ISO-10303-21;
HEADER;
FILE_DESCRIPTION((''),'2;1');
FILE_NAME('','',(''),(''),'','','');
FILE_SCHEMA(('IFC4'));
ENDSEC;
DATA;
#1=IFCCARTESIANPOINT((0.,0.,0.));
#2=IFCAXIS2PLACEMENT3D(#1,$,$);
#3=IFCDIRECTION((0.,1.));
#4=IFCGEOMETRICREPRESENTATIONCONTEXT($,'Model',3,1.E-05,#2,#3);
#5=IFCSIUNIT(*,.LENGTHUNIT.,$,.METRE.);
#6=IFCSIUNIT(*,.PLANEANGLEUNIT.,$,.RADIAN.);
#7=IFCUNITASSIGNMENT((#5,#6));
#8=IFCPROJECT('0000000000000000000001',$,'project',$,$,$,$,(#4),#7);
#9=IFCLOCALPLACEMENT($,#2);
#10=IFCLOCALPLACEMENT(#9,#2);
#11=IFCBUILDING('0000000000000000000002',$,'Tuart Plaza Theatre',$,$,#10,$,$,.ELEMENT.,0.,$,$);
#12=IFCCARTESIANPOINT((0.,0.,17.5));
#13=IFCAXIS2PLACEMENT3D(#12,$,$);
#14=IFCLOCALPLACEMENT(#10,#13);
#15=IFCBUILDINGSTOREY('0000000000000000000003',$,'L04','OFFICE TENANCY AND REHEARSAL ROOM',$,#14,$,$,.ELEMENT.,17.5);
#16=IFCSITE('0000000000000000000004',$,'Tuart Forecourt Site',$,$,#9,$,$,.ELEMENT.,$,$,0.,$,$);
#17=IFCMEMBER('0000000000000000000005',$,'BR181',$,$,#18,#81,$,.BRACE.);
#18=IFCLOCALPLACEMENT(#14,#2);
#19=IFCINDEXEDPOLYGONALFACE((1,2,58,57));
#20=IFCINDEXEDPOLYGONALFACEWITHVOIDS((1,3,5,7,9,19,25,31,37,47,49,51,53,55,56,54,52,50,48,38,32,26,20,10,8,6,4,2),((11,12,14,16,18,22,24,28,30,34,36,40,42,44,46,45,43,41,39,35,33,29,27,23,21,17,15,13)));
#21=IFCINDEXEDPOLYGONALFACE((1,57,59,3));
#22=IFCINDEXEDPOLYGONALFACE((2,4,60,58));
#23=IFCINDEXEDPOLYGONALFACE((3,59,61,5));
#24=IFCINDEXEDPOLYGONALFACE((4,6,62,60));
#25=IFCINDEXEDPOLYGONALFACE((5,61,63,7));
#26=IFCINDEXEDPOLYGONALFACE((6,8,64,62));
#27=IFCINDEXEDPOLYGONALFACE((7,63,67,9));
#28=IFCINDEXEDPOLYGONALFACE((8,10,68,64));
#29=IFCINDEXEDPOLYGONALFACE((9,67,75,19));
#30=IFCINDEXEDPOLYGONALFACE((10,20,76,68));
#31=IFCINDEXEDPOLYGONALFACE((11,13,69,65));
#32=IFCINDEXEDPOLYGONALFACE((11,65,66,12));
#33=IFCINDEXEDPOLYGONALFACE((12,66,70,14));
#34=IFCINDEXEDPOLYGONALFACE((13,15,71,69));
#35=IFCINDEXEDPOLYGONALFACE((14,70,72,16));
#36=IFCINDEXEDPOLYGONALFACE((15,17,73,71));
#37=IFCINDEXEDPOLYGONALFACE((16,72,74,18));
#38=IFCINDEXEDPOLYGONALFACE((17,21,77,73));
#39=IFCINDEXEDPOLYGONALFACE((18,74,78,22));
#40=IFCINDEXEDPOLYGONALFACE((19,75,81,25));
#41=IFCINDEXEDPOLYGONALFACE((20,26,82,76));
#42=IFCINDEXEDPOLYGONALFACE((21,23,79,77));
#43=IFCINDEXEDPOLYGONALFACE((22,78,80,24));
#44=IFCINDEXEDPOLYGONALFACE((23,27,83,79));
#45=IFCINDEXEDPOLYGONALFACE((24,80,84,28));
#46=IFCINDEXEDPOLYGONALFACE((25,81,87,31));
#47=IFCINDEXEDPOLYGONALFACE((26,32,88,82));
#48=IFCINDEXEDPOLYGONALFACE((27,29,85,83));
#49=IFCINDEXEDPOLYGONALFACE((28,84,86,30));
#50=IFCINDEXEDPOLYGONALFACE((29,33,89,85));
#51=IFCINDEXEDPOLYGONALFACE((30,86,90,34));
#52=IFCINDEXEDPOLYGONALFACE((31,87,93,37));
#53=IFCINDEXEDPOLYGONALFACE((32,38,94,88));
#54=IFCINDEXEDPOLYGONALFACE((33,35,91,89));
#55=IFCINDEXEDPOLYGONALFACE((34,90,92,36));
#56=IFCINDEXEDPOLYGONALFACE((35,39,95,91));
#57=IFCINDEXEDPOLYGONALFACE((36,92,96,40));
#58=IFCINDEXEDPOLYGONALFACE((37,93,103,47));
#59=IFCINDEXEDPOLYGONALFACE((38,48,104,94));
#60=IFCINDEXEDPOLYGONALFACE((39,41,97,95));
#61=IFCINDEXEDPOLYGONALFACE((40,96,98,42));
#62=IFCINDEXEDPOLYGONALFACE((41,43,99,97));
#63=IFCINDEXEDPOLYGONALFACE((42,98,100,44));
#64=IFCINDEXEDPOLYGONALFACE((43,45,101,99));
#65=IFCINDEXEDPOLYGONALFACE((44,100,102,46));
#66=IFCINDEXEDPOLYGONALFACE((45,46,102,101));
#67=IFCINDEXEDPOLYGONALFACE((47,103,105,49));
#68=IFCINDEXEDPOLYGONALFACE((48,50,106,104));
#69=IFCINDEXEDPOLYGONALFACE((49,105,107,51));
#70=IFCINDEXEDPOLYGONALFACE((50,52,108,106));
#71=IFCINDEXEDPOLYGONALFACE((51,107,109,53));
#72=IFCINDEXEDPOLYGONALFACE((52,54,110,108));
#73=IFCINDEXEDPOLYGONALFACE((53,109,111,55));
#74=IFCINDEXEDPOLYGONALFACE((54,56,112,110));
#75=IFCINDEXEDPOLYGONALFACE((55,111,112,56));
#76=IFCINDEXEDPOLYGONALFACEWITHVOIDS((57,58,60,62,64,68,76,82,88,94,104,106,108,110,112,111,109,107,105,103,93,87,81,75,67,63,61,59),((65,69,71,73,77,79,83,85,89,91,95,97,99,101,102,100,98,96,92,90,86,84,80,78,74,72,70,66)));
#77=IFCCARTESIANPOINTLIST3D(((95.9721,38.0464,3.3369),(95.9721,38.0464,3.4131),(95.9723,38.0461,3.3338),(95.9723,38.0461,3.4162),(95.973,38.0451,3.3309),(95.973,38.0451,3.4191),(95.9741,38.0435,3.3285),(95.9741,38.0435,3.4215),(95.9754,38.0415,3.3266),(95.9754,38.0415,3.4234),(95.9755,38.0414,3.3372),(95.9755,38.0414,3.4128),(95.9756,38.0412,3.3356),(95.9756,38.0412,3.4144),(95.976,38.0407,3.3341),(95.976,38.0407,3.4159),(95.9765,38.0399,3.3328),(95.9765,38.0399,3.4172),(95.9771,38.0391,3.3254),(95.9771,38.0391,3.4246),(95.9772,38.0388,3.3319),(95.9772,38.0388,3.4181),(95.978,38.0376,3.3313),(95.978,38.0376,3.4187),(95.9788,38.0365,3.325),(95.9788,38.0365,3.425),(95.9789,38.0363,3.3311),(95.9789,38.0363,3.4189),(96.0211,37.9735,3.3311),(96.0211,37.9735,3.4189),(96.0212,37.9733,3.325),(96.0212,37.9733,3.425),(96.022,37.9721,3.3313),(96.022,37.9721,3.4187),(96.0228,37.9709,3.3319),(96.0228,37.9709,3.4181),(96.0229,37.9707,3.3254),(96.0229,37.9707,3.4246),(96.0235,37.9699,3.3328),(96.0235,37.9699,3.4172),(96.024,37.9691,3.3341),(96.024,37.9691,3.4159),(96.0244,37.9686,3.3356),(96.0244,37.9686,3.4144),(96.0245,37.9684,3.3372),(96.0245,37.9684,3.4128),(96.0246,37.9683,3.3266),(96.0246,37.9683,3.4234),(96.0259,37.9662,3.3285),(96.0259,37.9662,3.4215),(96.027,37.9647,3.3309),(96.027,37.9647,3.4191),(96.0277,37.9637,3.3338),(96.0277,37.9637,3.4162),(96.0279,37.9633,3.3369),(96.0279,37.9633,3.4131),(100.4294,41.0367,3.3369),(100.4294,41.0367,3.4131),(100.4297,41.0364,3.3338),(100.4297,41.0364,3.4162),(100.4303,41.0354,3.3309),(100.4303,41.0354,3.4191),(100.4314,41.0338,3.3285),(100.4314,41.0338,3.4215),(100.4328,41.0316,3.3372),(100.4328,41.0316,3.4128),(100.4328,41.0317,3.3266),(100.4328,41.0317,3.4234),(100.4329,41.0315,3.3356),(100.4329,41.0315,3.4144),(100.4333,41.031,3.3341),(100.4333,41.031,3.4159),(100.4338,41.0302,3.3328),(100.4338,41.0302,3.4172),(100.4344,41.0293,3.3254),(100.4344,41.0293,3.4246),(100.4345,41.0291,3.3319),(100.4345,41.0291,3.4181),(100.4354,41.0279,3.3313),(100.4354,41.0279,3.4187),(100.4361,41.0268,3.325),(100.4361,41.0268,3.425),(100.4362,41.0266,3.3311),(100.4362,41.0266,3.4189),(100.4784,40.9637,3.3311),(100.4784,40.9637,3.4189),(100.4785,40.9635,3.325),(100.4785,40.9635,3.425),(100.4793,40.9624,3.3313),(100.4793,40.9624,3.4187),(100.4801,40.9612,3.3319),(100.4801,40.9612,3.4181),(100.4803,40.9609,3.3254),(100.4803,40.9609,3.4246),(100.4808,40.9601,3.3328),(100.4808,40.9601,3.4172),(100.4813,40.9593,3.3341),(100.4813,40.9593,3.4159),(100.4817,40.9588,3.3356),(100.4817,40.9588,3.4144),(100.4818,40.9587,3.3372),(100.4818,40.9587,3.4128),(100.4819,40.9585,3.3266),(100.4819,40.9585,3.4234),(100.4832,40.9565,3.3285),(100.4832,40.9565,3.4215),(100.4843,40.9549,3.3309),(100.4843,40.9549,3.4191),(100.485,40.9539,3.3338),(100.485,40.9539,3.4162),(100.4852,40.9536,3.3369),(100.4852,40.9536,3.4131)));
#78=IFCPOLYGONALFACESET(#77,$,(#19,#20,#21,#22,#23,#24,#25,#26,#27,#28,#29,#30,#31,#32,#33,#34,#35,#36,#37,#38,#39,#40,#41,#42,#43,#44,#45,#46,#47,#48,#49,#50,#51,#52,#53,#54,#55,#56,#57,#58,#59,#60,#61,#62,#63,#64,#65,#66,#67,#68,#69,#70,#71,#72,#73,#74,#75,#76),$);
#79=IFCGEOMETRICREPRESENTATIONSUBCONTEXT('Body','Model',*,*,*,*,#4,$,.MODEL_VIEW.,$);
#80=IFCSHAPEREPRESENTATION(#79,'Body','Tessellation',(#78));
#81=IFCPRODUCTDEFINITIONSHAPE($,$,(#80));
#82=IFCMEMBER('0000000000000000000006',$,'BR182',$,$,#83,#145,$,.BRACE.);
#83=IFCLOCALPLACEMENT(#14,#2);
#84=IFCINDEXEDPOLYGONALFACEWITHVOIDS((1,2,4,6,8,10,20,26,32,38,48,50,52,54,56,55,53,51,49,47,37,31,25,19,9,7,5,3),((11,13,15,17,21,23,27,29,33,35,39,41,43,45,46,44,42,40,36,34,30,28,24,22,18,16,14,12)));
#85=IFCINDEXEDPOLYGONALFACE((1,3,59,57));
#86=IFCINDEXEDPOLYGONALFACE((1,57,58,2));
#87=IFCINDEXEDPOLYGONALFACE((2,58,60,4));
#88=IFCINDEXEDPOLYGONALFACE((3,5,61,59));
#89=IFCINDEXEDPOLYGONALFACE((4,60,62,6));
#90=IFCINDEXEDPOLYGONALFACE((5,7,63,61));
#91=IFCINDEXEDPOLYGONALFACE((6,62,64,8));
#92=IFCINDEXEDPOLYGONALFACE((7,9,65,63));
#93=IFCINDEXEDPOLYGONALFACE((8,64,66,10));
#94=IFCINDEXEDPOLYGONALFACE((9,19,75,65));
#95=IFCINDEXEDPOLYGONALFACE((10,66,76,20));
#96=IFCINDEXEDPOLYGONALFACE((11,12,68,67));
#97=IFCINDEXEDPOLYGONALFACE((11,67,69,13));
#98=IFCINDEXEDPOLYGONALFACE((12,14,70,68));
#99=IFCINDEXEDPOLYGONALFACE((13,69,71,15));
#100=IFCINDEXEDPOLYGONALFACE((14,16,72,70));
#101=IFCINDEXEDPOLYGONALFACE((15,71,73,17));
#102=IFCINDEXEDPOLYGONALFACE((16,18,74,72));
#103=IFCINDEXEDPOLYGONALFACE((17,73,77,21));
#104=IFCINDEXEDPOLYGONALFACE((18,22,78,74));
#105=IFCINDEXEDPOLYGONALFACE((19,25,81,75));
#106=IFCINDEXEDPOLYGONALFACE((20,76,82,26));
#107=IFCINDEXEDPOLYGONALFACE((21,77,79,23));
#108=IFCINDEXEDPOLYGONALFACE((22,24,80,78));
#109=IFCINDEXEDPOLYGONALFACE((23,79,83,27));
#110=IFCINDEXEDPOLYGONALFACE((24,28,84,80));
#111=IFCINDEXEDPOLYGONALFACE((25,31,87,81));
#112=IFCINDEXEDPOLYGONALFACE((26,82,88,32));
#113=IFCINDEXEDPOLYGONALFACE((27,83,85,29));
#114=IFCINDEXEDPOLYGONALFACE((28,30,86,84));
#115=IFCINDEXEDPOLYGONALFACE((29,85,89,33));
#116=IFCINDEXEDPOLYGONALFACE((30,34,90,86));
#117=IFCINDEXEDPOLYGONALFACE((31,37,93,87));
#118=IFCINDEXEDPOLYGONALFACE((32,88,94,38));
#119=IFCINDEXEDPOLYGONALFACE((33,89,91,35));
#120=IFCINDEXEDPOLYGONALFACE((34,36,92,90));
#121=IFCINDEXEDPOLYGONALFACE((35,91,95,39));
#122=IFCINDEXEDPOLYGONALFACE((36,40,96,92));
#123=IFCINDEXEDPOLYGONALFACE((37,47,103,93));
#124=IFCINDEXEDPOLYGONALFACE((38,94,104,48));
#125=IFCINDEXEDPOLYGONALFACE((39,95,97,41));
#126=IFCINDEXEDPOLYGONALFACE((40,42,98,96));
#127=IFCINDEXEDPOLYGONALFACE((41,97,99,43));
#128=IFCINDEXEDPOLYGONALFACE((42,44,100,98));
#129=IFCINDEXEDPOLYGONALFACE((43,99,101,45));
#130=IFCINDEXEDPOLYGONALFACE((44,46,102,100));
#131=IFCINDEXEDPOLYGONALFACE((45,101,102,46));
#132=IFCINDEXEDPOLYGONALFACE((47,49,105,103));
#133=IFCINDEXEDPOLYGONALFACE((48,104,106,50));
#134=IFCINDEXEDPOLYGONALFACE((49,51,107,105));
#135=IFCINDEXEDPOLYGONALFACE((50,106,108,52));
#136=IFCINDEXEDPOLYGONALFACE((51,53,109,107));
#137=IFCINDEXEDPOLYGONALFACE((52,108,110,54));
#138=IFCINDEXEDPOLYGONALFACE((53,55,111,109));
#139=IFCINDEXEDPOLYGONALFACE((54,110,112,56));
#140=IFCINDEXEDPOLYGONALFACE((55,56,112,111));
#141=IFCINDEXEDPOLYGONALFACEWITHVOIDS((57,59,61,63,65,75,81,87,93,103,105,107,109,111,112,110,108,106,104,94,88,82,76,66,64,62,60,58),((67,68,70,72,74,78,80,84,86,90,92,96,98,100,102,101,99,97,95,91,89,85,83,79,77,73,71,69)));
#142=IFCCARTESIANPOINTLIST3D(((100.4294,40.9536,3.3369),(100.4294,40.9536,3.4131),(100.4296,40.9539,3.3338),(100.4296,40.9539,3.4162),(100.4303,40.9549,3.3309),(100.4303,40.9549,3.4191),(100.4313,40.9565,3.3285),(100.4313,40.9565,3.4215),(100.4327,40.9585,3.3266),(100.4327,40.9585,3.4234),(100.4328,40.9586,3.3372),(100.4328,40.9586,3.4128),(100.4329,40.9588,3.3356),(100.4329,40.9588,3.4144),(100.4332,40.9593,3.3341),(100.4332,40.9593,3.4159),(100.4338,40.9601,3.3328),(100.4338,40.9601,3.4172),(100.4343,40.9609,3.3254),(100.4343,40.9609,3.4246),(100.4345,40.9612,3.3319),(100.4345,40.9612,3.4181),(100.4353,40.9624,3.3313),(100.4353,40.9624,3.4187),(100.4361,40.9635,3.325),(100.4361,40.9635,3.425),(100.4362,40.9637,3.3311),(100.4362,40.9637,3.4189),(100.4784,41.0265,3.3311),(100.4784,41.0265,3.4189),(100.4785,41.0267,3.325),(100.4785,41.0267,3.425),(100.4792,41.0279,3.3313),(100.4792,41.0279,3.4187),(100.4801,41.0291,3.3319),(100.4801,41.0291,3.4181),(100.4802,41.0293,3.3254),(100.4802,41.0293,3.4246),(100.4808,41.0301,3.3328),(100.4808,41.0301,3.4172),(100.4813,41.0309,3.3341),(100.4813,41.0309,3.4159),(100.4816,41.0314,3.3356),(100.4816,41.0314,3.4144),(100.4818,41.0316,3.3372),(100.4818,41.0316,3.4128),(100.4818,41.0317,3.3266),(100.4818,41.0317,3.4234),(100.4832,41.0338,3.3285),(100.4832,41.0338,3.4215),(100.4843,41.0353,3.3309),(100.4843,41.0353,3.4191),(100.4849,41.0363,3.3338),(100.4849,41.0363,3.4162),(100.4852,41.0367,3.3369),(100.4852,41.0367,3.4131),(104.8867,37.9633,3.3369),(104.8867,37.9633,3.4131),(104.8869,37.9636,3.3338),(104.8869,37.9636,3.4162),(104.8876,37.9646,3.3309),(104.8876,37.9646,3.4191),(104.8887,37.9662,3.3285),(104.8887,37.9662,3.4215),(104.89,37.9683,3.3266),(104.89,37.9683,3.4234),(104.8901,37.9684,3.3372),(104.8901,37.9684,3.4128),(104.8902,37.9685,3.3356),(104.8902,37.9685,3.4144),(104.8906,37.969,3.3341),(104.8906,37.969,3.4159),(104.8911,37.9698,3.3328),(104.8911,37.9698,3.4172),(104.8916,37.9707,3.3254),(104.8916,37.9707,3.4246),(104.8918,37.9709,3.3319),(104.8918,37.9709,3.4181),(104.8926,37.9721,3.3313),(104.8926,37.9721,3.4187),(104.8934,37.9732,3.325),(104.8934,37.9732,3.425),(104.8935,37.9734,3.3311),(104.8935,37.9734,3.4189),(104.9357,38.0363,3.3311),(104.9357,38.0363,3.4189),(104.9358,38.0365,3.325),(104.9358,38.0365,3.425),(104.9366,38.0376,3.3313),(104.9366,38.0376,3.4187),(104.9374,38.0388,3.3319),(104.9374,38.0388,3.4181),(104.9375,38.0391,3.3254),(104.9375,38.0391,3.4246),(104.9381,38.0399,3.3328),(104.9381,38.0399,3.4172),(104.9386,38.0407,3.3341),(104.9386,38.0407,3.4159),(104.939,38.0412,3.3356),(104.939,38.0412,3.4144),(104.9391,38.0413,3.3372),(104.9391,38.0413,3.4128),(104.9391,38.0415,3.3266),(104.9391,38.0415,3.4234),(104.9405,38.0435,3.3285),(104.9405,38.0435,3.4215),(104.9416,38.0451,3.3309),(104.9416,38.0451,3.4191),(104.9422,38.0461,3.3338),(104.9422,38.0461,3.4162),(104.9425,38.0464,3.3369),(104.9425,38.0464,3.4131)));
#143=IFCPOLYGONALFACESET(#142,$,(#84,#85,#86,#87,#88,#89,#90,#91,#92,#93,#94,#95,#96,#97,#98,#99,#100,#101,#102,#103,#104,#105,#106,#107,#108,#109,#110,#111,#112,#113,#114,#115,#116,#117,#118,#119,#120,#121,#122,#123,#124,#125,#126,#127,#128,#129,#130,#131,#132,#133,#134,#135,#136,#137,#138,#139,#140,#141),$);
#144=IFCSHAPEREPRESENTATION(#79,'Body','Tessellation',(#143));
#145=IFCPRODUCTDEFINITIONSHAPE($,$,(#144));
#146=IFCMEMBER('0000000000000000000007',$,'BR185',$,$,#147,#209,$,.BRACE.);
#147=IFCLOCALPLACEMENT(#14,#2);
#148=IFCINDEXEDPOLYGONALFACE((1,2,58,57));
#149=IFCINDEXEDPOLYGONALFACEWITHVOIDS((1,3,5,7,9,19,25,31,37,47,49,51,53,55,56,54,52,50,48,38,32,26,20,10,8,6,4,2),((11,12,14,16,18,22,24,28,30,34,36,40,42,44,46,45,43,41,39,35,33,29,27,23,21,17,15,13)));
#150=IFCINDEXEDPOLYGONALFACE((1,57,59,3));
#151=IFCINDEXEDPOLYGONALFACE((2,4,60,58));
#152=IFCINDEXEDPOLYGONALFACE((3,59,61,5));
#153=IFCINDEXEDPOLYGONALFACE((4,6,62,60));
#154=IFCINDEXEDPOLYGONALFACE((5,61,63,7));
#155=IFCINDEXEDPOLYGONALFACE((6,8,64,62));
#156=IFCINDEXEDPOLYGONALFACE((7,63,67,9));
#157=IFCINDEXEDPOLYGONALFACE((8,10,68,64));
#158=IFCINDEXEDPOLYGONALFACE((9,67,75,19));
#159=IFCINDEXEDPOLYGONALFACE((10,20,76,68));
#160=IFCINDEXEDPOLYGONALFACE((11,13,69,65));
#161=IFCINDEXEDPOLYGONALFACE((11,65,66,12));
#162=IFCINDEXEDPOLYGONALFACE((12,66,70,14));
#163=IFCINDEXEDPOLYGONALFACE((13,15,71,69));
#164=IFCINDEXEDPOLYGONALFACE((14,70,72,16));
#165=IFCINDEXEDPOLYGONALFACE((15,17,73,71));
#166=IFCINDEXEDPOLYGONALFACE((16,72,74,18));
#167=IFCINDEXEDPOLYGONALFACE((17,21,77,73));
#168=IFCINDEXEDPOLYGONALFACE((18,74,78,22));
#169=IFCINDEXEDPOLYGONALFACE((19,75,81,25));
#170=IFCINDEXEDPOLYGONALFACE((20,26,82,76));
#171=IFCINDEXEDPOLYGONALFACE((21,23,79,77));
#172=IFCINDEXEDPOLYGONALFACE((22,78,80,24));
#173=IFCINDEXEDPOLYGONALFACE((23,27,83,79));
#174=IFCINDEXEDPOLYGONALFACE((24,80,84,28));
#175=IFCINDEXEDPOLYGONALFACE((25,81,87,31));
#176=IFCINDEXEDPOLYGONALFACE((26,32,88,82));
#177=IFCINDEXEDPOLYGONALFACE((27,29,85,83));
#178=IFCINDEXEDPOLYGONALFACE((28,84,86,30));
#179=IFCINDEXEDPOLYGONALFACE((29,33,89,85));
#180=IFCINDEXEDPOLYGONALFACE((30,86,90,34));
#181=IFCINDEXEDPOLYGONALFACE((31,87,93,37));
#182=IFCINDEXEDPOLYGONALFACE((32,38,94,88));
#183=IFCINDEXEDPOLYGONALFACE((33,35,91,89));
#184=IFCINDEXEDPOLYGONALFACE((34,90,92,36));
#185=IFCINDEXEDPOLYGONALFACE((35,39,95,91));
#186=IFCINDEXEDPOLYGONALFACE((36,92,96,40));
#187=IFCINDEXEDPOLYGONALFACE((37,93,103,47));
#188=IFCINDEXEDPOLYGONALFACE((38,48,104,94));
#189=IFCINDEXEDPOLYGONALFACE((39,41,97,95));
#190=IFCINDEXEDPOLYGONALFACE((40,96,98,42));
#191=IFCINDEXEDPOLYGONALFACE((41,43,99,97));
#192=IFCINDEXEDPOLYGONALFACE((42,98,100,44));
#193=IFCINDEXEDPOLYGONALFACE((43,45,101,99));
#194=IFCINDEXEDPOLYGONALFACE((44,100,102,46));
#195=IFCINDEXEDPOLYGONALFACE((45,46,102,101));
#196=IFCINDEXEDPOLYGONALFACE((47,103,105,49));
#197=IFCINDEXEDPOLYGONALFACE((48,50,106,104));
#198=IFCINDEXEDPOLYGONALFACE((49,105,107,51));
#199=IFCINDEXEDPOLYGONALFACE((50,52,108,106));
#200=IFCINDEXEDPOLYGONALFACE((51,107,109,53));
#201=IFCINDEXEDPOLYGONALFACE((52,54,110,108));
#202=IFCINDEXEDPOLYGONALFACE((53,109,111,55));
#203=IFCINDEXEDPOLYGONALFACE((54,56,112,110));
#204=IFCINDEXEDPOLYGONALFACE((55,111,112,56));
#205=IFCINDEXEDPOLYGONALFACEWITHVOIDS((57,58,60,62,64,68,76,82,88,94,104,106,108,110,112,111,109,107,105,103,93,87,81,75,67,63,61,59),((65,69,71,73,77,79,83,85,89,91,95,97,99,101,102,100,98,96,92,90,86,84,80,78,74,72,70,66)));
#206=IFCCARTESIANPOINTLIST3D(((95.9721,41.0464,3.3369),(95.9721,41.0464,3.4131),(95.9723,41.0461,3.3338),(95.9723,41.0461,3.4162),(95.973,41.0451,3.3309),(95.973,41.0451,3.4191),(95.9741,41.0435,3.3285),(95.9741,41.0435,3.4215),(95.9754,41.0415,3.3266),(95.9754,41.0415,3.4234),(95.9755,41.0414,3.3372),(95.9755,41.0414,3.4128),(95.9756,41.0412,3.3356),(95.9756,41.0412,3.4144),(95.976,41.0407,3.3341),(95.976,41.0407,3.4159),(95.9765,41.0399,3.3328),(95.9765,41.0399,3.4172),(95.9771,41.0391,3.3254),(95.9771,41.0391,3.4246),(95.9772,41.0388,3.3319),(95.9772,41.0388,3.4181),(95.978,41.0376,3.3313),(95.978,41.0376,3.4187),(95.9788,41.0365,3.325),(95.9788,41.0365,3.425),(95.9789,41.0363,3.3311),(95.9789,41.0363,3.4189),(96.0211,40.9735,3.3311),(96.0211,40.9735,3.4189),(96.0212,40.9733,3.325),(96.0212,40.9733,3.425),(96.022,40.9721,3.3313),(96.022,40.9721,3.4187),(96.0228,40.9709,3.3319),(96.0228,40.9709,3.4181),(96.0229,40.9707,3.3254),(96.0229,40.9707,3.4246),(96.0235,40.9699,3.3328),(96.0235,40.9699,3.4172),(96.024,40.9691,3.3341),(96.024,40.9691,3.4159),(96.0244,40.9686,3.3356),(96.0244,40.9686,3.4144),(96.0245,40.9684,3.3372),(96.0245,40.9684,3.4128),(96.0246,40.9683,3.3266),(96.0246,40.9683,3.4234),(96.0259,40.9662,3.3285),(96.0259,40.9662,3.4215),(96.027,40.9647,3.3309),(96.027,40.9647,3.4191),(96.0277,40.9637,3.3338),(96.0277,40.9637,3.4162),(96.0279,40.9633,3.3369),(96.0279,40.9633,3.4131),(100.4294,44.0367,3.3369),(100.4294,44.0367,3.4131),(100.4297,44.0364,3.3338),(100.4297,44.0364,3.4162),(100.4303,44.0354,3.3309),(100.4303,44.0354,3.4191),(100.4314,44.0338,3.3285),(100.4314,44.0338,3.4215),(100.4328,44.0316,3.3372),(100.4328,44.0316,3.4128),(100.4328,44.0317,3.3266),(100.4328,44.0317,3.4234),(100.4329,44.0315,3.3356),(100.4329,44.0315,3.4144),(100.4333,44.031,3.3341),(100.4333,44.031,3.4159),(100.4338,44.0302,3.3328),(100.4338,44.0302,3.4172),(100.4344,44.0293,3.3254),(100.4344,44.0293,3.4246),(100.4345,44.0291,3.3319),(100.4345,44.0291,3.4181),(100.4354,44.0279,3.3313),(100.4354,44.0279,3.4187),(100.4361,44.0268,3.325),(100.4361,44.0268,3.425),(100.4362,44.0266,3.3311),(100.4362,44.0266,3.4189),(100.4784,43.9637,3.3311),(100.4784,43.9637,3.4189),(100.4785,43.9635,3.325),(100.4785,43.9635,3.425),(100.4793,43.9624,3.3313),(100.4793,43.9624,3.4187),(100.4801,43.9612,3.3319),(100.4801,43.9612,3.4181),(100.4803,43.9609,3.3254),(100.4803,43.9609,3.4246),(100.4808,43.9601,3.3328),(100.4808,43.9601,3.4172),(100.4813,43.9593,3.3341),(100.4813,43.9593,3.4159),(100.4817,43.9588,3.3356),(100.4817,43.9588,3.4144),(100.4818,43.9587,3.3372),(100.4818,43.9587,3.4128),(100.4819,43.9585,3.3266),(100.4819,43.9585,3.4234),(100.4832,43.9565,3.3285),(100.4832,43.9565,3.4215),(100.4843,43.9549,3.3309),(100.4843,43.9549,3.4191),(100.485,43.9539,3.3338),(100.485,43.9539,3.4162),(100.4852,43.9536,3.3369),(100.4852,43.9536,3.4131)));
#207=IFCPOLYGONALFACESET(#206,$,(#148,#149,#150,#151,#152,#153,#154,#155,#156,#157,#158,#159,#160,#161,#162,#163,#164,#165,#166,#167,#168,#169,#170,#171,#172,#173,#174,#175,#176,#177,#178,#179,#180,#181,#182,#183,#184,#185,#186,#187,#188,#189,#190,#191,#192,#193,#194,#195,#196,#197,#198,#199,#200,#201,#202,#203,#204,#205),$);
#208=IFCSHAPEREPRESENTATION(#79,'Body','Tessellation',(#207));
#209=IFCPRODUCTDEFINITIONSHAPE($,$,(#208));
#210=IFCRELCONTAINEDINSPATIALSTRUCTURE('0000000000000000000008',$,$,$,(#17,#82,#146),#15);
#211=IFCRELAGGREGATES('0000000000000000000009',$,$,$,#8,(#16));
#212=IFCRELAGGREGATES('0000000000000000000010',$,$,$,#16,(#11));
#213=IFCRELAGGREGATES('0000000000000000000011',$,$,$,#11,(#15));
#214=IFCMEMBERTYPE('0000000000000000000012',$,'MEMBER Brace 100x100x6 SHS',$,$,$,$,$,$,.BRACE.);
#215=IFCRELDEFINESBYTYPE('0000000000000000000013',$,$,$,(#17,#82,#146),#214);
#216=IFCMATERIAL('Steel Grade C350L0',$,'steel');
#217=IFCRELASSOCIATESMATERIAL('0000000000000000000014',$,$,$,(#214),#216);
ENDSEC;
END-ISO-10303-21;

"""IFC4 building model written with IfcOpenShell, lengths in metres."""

from ifc_helpers import new_model, si_unit, direction, frame, origin, origin_2d, place, context, subcontext, project, spatial, hollow_rectangle, extrude, material, material_profile, profile_set, type_object, element, save


model = new_model("IFC4")

# Units and contexts
model_context = context("Model", 3, precision=1e-05, world=origin(), true_north=direction((0.0, 1.0)))
body_context = subcontext(model_context, "Body", "Model", "MODEL_VIEW")
ifc_project = project(units=[si_unit("LENGTHUNIT", "METRE"), si_unit("PLANEANGLEUNIT", "RADIAN")], contexts=[model_context])

# Site, building, storey
site_placement = place(None, origin())
site = spatial("IfcSite", under=ifc_project, at=site_placement, Name="Tuart Forecourt Site", CompositionType="ELEMENT", RefElevation=0.0)
building_placement = place(site_placement, origin())
building = spatial("IfcBuilding", under=site, at=building_placement, Name="Tuart Plaza Theatre", CompositionType="ELEMENT", ElevationOfRefHeight=0.0)
storey_placement = place(building_placement, frame((0.0, 0.0, 17.5)))
storey = spatial("IfcBuildingStorey", under=building, at=storey_placement, Name="L04", Description="OFFICE TENANCY AND REHEARSAL ROOM", CompositionType="ELEMENT", Elevation=17.5)

# Members
ifc_material_1 = material(Name="Steel Grade C350L0", Category="steel")
ifc_material_profile_1 = material_profile(ifc_material_1, hollow_rectangle(XDim=0.1001, YDim=0.1001, WallThickness=0.0061, InnerFilletRadius=0.0061, OuterFilletRadius=0.012, at=origin_2d()), Name="100x100x6 SHS")
ifc_profile_set_1 = profile_set([ifc_material_profile_1], Name="Steel Grade C350L0")
member_type_1 = type_object("IfcMemberType", Name="MEMBER Brace 100x100x6 SHS", PredefinedType="BRACE", material=ifc_profile_set_1)
for number, where, z_axis, x_axis, name in (
    (1, (96.0, 38.0049, 3.375), (0.830437, 0.557112, 0.0), (-0.557112, 0.830437, 0.0), "BR181"),
    (2, (100.4573, 40.9951, 3.375), (0.830437, -0.557112, 0.0), (0.557112, 0.830437, 0.0), "BR182"),
    (3, (96.0, 41.0049, 3.375), (0.830437, 0.557112, 0.0), (-0.557112, 0.830437, 0.0), "BR185"),
):
    element("IfcMember", number, at=place(storey_placement, frame(where, z_axis=z_axis, x_axis=x_axis)), inside=storey, type_object=member_type_1, Name=name, PredefinedType="BRACE", context=body_context, shape_type="SweptSolid", body=[
        extrude(hollow_rectangle(XDim=0.1001, YDim=0.1001, WallThickness=0.0061, InnerFilletRadius=0.0061, OuterFilletRadius=0.012, at=origin_2d()), origin(), (0.0, 0.0, 1.0), 5.3674),
    ])

save(model, "model.ifc")
